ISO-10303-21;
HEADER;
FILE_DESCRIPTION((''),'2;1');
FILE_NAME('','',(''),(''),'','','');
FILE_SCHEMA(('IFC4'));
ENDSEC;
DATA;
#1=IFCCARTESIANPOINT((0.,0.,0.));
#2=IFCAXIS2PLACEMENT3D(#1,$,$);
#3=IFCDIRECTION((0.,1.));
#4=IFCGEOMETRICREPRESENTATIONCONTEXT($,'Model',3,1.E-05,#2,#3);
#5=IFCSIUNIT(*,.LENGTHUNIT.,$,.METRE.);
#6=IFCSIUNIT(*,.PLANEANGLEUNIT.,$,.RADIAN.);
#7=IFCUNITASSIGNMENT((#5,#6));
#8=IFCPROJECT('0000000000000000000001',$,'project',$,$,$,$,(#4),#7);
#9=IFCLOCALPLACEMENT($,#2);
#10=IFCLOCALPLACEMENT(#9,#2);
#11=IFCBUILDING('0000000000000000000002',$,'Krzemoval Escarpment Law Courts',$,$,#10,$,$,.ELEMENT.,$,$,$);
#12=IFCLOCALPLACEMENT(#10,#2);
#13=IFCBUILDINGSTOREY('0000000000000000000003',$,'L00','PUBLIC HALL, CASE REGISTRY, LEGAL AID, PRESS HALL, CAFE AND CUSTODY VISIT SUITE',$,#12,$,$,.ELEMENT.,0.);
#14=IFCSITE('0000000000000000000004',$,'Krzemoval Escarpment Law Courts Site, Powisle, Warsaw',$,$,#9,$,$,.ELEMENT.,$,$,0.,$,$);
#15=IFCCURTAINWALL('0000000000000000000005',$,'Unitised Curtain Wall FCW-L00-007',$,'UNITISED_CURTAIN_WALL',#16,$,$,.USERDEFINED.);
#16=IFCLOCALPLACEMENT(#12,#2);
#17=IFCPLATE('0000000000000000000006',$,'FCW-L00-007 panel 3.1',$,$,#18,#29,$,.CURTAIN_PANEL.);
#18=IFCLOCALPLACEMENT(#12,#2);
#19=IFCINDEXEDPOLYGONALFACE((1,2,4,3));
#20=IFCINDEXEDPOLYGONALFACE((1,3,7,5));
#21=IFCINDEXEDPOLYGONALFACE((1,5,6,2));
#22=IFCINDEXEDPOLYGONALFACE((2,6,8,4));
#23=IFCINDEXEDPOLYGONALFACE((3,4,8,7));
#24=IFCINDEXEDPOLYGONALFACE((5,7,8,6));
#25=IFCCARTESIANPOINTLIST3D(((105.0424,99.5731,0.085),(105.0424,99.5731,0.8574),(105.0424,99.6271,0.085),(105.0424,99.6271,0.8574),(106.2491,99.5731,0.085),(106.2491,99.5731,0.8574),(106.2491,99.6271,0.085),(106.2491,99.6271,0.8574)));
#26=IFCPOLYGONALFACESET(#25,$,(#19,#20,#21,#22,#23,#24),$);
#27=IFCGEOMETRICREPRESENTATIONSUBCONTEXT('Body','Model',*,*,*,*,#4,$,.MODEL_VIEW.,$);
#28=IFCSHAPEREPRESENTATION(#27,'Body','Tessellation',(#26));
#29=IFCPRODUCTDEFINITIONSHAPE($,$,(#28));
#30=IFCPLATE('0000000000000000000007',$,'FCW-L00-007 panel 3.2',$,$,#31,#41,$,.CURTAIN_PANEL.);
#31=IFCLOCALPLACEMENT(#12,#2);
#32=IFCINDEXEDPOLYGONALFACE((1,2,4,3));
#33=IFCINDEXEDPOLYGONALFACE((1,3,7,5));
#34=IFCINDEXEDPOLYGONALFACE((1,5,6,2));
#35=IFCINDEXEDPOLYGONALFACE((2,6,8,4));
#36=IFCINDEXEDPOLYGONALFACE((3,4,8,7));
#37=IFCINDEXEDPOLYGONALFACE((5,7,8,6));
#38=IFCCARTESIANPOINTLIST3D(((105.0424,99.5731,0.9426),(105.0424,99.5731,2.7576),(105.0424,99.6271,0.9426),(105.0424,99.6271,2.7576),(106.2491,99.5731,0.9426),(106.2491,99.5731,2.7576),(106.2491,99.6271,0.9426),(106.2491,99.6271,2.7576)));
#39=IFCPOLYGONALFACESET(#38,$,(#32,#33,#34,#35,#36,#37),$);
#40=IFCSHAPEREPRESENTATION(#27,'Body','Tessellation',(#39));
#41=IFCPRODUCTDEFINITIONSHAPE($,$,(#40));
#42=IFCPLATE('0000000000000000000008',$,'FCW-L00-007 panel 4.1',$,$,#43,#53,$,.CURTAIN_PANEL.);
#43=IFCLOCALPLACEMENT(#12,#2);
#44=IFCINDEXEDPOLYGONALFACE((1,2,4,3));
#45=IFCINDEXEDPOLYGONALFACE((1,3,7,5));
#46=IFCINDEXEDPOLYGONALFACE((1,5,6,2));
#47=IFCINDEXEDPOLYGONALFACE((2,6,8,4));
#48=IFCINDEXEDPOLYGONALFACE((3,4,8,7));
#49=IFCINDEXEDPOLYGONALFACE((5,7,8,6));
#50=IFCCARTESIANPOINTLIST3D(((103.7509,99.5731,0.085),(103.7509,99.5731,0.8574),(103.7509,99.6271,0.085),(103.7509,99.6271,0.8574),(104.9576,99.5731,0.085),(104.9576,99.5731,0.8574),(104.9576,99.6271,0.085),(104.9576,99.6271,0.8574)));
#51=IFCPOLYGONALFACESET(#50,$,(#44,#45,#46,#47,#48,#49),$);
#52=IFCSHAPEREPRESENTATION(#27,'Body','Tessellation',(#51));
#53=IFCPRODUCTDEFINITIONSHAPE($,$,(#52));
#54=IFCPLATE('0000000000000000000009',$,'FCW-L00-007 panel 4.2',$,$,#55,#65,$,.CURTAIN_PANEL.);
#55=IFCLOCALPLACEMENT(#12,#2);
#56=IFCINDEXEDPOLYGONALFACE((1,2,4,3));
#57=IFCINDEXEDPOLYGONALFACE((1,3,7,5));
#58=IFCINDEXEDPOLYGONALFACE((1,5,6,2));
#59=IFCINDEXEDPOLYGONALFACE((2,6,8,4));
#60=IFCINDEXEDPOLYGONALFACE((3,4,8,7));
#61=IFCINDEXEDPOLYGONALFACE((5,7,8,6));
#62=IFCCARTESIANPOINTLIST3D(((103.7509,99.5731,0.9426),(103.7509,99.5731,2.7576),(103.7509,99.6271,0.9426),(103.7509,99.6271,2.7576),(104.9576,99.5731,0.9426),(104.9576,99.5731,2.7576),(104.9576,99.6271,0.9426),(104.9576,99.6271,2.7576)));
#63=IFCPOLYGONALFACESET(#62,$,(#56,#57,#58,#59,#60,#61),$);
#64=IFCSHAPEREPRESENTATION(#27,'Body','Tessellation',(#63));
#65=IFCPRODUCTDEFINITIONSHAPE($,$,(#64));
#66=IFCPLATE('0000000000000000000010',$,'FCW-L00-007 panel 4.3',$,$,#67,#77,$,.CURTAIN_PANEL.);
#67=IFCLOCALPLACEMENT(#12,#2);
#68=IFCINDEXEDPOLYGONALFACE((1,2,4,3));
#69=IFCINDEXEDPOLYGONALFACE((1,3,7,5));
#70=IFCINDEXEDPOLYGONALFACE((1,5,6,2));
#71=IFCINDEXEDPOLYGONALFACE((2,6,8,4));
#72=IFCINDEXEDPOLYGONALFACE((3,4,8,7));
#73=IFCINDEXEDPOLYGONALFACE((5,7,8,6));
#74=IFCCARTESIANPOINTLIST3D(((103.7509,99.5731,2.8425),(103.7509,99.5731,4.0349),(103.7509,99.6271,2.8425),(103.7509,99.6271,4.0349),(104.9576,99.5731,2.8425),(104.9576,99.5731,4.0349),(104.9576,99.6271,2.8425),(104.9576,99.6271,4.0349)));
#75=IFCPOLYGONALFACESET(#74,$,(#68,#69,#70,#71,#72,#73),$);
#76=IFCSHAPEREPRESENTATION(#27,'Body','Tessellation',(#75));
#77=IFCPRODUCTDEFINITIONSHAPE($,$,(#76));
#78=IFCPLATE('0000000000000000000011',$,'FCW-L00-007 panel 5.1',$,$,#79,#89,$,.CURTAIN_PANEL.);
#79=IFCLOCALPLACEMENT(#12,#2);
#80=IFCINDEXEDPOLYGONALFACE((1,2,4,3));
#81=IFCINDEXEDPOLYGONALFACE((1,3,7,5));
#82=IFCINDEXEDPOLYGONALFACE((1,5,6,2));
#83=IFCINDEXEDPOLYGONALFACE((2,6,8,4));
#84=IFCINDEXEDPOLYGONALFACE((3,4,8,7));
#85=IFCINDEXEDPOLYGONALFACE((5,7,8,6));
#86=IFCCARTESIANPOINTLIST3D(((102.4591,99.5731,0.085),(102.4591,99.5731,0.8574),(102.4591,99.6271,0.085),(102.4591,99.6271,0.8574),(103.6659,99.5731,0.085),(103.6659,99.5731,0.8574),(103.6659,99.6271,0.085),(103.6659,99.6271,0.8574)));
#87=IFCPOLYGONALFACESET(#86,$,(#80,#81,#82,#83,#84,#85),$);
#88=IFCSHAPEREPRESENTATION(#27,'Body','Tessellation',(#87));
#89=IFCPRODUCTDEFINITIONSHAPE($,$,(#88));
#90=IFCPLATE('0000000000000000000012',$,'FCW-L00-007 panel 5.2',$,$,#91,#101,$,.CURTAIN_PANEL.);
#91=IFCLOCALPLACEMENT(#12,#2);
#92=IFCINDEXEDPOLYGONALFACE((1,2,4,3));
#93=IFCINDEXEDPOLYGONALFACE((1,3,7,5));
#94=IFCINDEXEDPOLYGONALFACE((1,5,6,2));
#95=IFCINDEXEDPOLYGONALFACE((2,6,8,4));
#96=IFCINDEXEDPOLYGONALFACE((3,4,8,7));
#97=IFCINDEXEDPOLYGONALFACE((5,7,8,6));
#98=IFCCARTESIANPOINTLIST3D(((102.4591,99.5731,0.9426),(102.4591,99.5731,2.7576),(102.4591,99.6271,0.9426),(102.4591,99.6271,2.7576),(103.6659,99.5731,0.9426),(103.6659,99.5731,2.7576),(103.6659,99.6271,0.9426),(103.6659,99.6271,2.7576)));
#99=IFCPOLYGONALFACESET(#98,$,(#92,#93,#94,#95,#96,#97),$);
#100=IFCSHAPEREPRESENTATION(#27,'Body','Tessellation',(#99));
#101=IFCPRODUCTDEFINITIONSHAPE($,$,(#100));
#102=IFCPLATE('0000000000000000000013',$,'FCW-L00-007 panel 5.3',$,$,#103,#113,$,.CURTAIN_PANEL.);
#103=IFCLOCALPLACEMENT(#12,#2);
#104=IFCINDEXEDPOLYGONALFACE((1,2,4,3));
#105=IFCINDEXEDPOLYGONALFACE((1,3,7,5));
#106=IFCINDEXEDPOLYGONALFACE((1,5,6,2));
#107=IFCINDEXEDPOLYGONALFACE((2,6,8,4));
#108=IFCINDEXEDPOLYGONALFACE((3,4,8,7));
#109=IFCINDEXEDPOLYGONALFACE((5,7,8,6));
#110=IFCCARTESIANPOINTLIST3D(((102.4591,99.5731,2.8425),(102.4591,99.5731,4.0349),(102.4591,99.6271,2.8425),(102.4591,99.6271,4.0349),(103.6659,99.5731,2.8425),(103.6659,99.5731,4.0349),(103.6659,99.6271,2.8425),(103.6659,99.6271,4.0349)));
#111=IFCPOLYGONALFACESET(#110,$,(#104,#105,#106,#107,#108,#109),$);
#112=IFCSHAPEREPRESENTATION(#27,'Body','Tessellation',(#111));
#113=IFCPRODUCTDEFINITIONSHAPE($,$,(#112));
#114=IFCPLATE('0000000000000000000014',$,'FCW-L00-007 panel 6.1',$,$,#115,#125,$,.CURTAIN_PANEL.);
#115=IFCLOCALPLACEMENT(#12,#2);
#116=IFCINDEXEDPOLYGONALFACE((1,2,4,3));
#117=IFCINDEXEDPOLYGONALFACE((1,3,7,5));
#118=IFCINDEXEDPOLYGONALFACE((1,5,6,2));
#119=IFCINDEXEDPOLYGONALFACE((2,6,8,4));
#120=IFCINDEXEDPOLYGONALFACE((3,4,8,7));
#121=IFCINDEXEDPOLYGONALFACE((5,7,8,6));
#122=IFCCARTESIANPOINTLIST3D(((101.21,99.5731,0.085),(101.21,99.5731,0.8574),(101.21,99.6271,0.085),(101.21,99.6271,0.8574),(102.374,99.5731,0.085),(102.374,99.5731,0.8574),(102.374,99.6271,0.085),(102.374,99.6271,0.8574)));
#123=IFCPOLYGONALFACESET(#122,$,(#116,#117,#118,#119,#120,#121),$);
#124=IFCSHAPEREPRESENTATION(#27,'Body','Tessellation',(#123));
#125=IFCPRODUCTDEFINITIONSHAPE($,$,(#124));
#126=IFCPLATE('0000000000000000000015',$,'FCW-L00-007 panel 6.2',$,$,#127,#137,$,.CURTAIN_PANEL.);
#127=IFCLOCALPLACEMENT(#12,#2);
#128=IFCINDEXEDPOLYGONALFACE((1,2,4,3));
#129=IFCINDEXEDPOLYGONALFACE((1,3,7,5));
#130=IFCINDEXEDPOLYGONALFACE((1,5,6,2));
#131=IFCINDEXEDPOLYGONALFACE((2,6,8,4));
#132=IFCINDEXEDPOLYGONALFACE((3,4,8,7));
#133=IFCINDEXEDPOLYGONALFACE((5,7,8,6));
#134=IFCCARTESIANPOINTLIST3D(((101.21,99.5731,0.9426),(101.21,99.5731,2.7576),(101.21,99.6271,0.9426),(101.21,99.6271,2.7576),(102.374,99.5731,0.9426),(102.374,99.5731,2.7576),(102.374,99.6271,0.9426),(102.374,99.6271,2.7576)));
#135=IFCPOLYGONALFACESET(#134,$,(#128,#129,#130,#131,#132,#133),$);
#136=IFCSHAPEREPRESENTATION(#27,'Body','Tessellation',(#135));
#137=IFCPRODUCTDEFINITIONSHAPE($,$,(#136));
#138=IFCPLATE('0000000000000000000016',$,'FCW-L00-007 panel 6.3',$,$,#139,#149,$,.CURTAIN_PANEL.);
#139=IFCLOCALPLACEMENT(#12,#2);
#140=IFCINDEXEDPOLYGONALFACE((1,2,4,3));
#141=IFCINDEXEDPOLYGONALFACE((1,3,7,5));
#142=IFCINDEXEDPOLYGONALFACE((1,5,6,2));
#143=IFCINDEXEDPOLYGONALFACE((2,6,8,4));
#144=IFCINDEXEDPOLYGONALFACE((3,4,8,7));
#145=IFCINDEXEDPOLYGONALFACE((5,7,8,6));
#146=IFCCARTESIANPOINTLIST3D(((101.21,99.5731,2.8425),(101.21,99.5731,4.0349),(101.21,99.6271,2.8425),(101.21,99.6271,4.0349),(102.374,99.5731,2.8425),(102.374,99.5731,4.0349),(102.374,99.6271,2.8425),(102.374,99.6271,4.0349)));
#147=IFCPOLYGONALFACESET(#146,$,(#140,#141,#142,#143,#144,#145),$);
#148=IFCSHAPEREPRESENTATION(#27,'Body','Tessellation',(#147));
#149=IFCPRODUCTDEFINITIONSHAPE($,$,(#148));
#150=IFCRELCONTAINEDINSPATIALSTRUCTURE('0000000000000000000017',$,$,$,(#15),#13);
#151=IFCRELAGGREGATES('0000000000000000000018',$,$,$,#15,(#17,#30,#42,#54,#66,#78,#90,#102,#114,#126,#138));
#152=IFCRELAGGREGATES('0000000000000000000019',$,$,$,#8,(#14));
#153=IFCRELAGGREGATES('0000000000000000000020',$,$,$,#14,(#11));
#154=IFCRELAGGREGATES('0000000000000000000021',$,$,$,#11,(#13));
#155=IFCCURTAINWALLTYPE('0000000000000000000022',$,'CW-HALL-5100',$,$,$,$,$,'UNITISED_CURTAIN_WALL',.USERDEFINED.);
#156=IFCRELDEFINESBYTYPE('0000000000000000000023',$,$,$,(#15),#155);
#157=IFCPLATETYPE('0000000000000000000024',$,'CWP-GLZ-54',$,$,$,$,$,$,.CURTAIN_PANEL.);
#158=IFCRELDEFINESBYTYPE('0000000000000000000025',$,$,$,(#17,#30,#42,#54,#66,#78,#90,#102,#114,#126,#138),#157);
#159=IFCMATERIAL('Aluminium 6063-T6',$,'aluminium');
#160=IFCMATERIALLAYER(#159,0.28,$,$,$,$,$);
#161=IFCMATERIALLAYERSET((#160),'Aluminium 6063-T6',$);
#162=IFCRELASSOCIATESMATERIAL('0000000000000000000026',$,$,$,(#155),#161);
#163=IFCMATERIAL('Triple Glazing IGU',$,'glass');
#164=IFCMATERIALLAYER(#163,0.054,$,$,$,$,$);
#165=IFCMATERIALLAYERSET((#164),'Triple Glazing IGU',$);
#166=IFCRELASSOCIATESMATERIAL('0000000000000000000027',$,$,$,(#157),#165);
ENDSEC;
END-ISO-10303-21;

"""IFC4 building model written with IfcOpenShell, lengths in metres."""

from ifc_helpers import new_model, si_unit, direction, frame, origin, origin_2d, place, context, subcontext, project, spatial, rectangle, extrude, material, layer, layer_set, type_object, element, aggregate, save


model = new_model("IFC4")

# Units and contexts
model_context = context("Model", 3, precision=1e-05, world=origin(), true_north=direction((0.0, 1.0)))
body_context = subcontext(model_context, "Body", "Model", "MODEL_VIEW")
ifc_project = project(units=[si_unit("LENGTHUNIT", "METRE"), si_unit("PLANEANGLEUNIT", "RADIAN")], contexts=[model_context])

# Site, building, storey
site_placement = place(None, origin())
site = spatial("IfcSite", under=ifc_project, at=site_placement, Name="Krzemoval Escarpment Law Courts Site, Powisle, Warsaw", CompositionType="ELEMENT", RefElevation=0.0)
building_placement = place(site_placement, origin())
building = spatial("IfcBuilding", under=site, at=building_placement, Name="Krzemoval Escarpment Law Courts", CompositionType="ELEMENT")
storey_placement = place(building_placement, origin())
storey = spatial("IfcBuildingStorey", under=building, at=storey_placement, Name="L00", Description="PUBLIC HALL, CASE REGISTRY, LEGAL AID, PRESS HALL, CAFE AND CUSTODY VISIT SUITE", CompositionType="ELEMENT", Elevation=0.0)

# Curtain wall
ifc_material_1 = material(Name="Aluminium 6063-T6", Category="aluminium")
ifc_layer_1 = layer(ifc_material_1, 0.28)
ifc_layer_set_1 = layer_set([ifc_layer_1], Name="Aluminium 6063-T6")
curtain_wall_type = type_object("IfcCurtainWallType", Name="CW-HALL-5100", ElementType="UNITISED_CURTAIN_WALL", PredefinedType="USERDEFINED", material=ifc_layer_set_1)
curtain_wall_placement = place(storey_placement, origin())
curtain_wall = element("IfcCurtainWall", 1, at=curtain_wall_placement, inside=storey, type_object=curtain_wall_type, Name="Unitised Curtain Wall FCW-L00-007", ObjectType="UNITISED_CURTAIN_WALL", PredefinedType="USERDEFINED")

# Plates
ifc_material_2 = material(Name="Triple Glazing IGU", Category="glass")
ifc_layer_2 = layer(ifc_material_2, 0.054)
ifc_layer_set_2 = layer_set([ifc_layer_2], Name="Triple Glazing IGU")
plate_type = type_object("IfcPlateType", Name="CWP-GLZ-54", PredefinedType="CURTAIN_PANEL", material=ifc_layer_set_2)
plate_1_placement = place(storey_placement, frame((105.6458, 99.6001, 0.085), z_axis=(0.0, 0.0, 1.0), x_axis=(-1.0, 0.0, 0.0)))
plate_1 = element("IfcPlate", 2, at=plate_1_placement, type_object=plate_type, Name="FCW-L00-007 panel 3.1", PredefinedType="CURTAIN_PANEL", context=body_context, shape_type="SweptSolid", body=[
    extrude(rectangle(XDim=1.2068, YDim=0.054, at=origin_2d()), origin(), (0.0, 0.0, 1.0), 0.7725),
])
plate_2_placement = place(storey_placement, frame((105.6458, 99.6001, 0.9426), z_axis=(0.0, 0.0, 1.0), x_axis=(-1.0, 0.0, 0.0)))
plate_2 = element("IfcPlate", 3, at=plate_2_placement, type_object=plate_type, Name="FCW-L00-007 panel 3.2", PredefinedType="CURTAIN_PANEL", context=body_context, shape_type="SweptSolid", body=[
    extrude(rectangle(XDim=1.2068, YDim=0.054, at=origin_2d()), origin(), (0.0, 0.0, 1.0), 1.8149),
])
plate_3_placement = place(storey_placement, frame((104.3542, 99.6001, 0.085), z_axis=(0.0, 0.0, 1.0), x_axis=(-1.0, 0.0, 0.0)))
plate_3 = element("IfcPlate", 4, at=plate_3_placement, type_object=plate_type, Name="FCW-L00-007 panel 4.1", PredefinedType="CURTAIN_PANEL", context=body_context, shape_type="SweptSolid", body=[
    extrude(rectangle(XDim=1.2068, YDim=0.054, at=origin_2d()), origin(), (0.0, 0.0, 1.0), 0.7725),
])
plate_4_placement = place(storey_placement, frame((104.3542, 99.6001, 0.9426), z_axis=(0.0, 0.0, 1.0), x_axis=(-1.0, 0.0, 0.0)))
plate_4 = element("IfcPlate", 5, at=plate_4_placement, type_object=plate_type, Name="FCW-L00-007 panel 4.2", PredefinedType="CURTAIN_PANEL", context=body_context, shape_type="SweptSolid", body=[
    extrude(rectangle(XDim=1.2068, YDim=0.054, at=origin_2d()), origin(), (0.0, 0.0, 1.0), 1.8149),
])
plate_5_placement = place(storey_placement, frame((104.3542, 99.6001, 2.8425), z_axis=(0.0, 0.0, 1.0), x_axis=(-1.0, 0.0, 0.0)))
plate_5 = element("IfcPlate", 6, at=plate_5_placement, type_object=plate_type, Name="FCW-L00-007 panel 4.3", PredefinedType="CURTAIN_PANEL", context=body_context, shape_type="SweptSolid", body=[
    extrude(rectangle(XDim=1.2068, YDim=0.054, at=origin_2d()), origin(), (0.0, 0.0, 1.0), 1.1924),
])
plate_6_placement = place(storey_placement, frame((103.0625, 99.6001, 0.085), z_axis=(0.0, 0.0, 1.0), x_axis=(-1.0, 0.0, 0.0)))
plate_6 = element("IfcPlate", 7, at=plate_6_placement, type_object=plate_type, Name="FCW-L00-007 panel 5.1", PredefinedType="CURTAIN_PANEL", context=body_context, shape_type="SweptSolid", body=[
    extrude(rectangle(XDim=1.2068, YDim=0.054, at=origin_2d()), origin(), (0.0, 0.0, 1.0), 0.7725),
])
plate_7_placement = place(storey_placement, frame((103.0625, 99.6001, 0.9426), z_axis=(0.0, 0.0, 1.0), x_axis=(-1.0, 0.0, 0.0)))
plate_7 = element("IfcPlate", 8, at=plate_7_placement, type_object=plate_type, Name="FCW-L00-007 panel 5.2", PredefinedType="CURTAIN_PANEL", context=body_context, shape_type="SweptSolid", body=[
    extrude(rectangle(XDim=1.2068, YDim=0.054, at=origin_2d()), origin(), (0.0, 0.0, 1.0), 1.8149),
])
plate_8_placement = place(storey_placement, frame((103.0625, 99.6001, 2.8425), z_axis=(0.0, 0.0, 1.0), x_axis=(-1.0, 0.0, 0.0)))
plate_8 = element("IfcPlate", 9, at=plate_8_placement, type_object=plate_type, Name="FCW-L00-007 panel 5.3", PredefinedType="CURTAIN_PANEL", context=body_context, shape_type="SweptSolid", body=[
    extrude(rectangle(XDim=1.2068, YDim=0.054, at=origin_2d()), origin(), (0.0, 0.0, 1.0), 1.1924),
])
plate_9_placement = place(storey_placement, frame((101.792, 99.6001, 0.085), z_axis=(0.0, 0.0, 1.0), x_axis=(-1.0, 0.0, 0.0)))
plate_9 = element("IfcPlate", 10, at=plate_9_placement, type_object=plate_type, Name="FCW-L00-007 panel 6.1", PredefinedType="CURTAIN_PANEL", context=body_context, shape_type="SweptSolid", body=[
    extrude(rectangle(XDim=1.1641, YDim=0.054, at=origin_2d()), origin(), (0.0, 0.0, 1.0), 0.7725),
])
plate_10_placement = place(storey_placement, frame((101.792, 99.6001, 0.9426), z_axis=(0.0, 0.0, 1.0), x_axis=(-1.0, 0.0, 0.0)))
plate_10 = element("IfcPlate", 11, at=plate_10_placement, type_object=plate_type, Name="FCW-L00-007 panel 6.2", PredefinedType="CURTAIN_PANEL", context=body_context, shape_type="SweptSolid", body=[
    extrude(rectangle(XDim=1.1641, YDim=0.054, at=origin_2d()), origin(), (0.0, 0.0, 1.0), 1.8149),
])
plate_11_placement = place(storey_placement, frame((101.792, 99.6001, 2.8425), z_axis=(0.0, 0.0, 1.0), x_axis=(-1.0, 0.0, 0.0)))
plate_11 = element("IfcPlate", 12, at=plate_11_placement, type_object=plate_type, Name="FCW-L00-007 panel 6.3", PredefinedType="CURTAIN_PANEL", context=body_context, shape_type="SweptSolid", body=[
    extrude(rectangle(XDim=1.1641, YDim=0.054, at=origin_2d()), origin(), (0.0, 0.0, 1.0), 1.1924),
])
aggregate(curtain_wall, [plate_1, plate_2, plate_3, plate_4, plate_5, plate_6, plate_7, plate_8, plate_9, plate_10, plate_11])

save(model, "model.ifc")
